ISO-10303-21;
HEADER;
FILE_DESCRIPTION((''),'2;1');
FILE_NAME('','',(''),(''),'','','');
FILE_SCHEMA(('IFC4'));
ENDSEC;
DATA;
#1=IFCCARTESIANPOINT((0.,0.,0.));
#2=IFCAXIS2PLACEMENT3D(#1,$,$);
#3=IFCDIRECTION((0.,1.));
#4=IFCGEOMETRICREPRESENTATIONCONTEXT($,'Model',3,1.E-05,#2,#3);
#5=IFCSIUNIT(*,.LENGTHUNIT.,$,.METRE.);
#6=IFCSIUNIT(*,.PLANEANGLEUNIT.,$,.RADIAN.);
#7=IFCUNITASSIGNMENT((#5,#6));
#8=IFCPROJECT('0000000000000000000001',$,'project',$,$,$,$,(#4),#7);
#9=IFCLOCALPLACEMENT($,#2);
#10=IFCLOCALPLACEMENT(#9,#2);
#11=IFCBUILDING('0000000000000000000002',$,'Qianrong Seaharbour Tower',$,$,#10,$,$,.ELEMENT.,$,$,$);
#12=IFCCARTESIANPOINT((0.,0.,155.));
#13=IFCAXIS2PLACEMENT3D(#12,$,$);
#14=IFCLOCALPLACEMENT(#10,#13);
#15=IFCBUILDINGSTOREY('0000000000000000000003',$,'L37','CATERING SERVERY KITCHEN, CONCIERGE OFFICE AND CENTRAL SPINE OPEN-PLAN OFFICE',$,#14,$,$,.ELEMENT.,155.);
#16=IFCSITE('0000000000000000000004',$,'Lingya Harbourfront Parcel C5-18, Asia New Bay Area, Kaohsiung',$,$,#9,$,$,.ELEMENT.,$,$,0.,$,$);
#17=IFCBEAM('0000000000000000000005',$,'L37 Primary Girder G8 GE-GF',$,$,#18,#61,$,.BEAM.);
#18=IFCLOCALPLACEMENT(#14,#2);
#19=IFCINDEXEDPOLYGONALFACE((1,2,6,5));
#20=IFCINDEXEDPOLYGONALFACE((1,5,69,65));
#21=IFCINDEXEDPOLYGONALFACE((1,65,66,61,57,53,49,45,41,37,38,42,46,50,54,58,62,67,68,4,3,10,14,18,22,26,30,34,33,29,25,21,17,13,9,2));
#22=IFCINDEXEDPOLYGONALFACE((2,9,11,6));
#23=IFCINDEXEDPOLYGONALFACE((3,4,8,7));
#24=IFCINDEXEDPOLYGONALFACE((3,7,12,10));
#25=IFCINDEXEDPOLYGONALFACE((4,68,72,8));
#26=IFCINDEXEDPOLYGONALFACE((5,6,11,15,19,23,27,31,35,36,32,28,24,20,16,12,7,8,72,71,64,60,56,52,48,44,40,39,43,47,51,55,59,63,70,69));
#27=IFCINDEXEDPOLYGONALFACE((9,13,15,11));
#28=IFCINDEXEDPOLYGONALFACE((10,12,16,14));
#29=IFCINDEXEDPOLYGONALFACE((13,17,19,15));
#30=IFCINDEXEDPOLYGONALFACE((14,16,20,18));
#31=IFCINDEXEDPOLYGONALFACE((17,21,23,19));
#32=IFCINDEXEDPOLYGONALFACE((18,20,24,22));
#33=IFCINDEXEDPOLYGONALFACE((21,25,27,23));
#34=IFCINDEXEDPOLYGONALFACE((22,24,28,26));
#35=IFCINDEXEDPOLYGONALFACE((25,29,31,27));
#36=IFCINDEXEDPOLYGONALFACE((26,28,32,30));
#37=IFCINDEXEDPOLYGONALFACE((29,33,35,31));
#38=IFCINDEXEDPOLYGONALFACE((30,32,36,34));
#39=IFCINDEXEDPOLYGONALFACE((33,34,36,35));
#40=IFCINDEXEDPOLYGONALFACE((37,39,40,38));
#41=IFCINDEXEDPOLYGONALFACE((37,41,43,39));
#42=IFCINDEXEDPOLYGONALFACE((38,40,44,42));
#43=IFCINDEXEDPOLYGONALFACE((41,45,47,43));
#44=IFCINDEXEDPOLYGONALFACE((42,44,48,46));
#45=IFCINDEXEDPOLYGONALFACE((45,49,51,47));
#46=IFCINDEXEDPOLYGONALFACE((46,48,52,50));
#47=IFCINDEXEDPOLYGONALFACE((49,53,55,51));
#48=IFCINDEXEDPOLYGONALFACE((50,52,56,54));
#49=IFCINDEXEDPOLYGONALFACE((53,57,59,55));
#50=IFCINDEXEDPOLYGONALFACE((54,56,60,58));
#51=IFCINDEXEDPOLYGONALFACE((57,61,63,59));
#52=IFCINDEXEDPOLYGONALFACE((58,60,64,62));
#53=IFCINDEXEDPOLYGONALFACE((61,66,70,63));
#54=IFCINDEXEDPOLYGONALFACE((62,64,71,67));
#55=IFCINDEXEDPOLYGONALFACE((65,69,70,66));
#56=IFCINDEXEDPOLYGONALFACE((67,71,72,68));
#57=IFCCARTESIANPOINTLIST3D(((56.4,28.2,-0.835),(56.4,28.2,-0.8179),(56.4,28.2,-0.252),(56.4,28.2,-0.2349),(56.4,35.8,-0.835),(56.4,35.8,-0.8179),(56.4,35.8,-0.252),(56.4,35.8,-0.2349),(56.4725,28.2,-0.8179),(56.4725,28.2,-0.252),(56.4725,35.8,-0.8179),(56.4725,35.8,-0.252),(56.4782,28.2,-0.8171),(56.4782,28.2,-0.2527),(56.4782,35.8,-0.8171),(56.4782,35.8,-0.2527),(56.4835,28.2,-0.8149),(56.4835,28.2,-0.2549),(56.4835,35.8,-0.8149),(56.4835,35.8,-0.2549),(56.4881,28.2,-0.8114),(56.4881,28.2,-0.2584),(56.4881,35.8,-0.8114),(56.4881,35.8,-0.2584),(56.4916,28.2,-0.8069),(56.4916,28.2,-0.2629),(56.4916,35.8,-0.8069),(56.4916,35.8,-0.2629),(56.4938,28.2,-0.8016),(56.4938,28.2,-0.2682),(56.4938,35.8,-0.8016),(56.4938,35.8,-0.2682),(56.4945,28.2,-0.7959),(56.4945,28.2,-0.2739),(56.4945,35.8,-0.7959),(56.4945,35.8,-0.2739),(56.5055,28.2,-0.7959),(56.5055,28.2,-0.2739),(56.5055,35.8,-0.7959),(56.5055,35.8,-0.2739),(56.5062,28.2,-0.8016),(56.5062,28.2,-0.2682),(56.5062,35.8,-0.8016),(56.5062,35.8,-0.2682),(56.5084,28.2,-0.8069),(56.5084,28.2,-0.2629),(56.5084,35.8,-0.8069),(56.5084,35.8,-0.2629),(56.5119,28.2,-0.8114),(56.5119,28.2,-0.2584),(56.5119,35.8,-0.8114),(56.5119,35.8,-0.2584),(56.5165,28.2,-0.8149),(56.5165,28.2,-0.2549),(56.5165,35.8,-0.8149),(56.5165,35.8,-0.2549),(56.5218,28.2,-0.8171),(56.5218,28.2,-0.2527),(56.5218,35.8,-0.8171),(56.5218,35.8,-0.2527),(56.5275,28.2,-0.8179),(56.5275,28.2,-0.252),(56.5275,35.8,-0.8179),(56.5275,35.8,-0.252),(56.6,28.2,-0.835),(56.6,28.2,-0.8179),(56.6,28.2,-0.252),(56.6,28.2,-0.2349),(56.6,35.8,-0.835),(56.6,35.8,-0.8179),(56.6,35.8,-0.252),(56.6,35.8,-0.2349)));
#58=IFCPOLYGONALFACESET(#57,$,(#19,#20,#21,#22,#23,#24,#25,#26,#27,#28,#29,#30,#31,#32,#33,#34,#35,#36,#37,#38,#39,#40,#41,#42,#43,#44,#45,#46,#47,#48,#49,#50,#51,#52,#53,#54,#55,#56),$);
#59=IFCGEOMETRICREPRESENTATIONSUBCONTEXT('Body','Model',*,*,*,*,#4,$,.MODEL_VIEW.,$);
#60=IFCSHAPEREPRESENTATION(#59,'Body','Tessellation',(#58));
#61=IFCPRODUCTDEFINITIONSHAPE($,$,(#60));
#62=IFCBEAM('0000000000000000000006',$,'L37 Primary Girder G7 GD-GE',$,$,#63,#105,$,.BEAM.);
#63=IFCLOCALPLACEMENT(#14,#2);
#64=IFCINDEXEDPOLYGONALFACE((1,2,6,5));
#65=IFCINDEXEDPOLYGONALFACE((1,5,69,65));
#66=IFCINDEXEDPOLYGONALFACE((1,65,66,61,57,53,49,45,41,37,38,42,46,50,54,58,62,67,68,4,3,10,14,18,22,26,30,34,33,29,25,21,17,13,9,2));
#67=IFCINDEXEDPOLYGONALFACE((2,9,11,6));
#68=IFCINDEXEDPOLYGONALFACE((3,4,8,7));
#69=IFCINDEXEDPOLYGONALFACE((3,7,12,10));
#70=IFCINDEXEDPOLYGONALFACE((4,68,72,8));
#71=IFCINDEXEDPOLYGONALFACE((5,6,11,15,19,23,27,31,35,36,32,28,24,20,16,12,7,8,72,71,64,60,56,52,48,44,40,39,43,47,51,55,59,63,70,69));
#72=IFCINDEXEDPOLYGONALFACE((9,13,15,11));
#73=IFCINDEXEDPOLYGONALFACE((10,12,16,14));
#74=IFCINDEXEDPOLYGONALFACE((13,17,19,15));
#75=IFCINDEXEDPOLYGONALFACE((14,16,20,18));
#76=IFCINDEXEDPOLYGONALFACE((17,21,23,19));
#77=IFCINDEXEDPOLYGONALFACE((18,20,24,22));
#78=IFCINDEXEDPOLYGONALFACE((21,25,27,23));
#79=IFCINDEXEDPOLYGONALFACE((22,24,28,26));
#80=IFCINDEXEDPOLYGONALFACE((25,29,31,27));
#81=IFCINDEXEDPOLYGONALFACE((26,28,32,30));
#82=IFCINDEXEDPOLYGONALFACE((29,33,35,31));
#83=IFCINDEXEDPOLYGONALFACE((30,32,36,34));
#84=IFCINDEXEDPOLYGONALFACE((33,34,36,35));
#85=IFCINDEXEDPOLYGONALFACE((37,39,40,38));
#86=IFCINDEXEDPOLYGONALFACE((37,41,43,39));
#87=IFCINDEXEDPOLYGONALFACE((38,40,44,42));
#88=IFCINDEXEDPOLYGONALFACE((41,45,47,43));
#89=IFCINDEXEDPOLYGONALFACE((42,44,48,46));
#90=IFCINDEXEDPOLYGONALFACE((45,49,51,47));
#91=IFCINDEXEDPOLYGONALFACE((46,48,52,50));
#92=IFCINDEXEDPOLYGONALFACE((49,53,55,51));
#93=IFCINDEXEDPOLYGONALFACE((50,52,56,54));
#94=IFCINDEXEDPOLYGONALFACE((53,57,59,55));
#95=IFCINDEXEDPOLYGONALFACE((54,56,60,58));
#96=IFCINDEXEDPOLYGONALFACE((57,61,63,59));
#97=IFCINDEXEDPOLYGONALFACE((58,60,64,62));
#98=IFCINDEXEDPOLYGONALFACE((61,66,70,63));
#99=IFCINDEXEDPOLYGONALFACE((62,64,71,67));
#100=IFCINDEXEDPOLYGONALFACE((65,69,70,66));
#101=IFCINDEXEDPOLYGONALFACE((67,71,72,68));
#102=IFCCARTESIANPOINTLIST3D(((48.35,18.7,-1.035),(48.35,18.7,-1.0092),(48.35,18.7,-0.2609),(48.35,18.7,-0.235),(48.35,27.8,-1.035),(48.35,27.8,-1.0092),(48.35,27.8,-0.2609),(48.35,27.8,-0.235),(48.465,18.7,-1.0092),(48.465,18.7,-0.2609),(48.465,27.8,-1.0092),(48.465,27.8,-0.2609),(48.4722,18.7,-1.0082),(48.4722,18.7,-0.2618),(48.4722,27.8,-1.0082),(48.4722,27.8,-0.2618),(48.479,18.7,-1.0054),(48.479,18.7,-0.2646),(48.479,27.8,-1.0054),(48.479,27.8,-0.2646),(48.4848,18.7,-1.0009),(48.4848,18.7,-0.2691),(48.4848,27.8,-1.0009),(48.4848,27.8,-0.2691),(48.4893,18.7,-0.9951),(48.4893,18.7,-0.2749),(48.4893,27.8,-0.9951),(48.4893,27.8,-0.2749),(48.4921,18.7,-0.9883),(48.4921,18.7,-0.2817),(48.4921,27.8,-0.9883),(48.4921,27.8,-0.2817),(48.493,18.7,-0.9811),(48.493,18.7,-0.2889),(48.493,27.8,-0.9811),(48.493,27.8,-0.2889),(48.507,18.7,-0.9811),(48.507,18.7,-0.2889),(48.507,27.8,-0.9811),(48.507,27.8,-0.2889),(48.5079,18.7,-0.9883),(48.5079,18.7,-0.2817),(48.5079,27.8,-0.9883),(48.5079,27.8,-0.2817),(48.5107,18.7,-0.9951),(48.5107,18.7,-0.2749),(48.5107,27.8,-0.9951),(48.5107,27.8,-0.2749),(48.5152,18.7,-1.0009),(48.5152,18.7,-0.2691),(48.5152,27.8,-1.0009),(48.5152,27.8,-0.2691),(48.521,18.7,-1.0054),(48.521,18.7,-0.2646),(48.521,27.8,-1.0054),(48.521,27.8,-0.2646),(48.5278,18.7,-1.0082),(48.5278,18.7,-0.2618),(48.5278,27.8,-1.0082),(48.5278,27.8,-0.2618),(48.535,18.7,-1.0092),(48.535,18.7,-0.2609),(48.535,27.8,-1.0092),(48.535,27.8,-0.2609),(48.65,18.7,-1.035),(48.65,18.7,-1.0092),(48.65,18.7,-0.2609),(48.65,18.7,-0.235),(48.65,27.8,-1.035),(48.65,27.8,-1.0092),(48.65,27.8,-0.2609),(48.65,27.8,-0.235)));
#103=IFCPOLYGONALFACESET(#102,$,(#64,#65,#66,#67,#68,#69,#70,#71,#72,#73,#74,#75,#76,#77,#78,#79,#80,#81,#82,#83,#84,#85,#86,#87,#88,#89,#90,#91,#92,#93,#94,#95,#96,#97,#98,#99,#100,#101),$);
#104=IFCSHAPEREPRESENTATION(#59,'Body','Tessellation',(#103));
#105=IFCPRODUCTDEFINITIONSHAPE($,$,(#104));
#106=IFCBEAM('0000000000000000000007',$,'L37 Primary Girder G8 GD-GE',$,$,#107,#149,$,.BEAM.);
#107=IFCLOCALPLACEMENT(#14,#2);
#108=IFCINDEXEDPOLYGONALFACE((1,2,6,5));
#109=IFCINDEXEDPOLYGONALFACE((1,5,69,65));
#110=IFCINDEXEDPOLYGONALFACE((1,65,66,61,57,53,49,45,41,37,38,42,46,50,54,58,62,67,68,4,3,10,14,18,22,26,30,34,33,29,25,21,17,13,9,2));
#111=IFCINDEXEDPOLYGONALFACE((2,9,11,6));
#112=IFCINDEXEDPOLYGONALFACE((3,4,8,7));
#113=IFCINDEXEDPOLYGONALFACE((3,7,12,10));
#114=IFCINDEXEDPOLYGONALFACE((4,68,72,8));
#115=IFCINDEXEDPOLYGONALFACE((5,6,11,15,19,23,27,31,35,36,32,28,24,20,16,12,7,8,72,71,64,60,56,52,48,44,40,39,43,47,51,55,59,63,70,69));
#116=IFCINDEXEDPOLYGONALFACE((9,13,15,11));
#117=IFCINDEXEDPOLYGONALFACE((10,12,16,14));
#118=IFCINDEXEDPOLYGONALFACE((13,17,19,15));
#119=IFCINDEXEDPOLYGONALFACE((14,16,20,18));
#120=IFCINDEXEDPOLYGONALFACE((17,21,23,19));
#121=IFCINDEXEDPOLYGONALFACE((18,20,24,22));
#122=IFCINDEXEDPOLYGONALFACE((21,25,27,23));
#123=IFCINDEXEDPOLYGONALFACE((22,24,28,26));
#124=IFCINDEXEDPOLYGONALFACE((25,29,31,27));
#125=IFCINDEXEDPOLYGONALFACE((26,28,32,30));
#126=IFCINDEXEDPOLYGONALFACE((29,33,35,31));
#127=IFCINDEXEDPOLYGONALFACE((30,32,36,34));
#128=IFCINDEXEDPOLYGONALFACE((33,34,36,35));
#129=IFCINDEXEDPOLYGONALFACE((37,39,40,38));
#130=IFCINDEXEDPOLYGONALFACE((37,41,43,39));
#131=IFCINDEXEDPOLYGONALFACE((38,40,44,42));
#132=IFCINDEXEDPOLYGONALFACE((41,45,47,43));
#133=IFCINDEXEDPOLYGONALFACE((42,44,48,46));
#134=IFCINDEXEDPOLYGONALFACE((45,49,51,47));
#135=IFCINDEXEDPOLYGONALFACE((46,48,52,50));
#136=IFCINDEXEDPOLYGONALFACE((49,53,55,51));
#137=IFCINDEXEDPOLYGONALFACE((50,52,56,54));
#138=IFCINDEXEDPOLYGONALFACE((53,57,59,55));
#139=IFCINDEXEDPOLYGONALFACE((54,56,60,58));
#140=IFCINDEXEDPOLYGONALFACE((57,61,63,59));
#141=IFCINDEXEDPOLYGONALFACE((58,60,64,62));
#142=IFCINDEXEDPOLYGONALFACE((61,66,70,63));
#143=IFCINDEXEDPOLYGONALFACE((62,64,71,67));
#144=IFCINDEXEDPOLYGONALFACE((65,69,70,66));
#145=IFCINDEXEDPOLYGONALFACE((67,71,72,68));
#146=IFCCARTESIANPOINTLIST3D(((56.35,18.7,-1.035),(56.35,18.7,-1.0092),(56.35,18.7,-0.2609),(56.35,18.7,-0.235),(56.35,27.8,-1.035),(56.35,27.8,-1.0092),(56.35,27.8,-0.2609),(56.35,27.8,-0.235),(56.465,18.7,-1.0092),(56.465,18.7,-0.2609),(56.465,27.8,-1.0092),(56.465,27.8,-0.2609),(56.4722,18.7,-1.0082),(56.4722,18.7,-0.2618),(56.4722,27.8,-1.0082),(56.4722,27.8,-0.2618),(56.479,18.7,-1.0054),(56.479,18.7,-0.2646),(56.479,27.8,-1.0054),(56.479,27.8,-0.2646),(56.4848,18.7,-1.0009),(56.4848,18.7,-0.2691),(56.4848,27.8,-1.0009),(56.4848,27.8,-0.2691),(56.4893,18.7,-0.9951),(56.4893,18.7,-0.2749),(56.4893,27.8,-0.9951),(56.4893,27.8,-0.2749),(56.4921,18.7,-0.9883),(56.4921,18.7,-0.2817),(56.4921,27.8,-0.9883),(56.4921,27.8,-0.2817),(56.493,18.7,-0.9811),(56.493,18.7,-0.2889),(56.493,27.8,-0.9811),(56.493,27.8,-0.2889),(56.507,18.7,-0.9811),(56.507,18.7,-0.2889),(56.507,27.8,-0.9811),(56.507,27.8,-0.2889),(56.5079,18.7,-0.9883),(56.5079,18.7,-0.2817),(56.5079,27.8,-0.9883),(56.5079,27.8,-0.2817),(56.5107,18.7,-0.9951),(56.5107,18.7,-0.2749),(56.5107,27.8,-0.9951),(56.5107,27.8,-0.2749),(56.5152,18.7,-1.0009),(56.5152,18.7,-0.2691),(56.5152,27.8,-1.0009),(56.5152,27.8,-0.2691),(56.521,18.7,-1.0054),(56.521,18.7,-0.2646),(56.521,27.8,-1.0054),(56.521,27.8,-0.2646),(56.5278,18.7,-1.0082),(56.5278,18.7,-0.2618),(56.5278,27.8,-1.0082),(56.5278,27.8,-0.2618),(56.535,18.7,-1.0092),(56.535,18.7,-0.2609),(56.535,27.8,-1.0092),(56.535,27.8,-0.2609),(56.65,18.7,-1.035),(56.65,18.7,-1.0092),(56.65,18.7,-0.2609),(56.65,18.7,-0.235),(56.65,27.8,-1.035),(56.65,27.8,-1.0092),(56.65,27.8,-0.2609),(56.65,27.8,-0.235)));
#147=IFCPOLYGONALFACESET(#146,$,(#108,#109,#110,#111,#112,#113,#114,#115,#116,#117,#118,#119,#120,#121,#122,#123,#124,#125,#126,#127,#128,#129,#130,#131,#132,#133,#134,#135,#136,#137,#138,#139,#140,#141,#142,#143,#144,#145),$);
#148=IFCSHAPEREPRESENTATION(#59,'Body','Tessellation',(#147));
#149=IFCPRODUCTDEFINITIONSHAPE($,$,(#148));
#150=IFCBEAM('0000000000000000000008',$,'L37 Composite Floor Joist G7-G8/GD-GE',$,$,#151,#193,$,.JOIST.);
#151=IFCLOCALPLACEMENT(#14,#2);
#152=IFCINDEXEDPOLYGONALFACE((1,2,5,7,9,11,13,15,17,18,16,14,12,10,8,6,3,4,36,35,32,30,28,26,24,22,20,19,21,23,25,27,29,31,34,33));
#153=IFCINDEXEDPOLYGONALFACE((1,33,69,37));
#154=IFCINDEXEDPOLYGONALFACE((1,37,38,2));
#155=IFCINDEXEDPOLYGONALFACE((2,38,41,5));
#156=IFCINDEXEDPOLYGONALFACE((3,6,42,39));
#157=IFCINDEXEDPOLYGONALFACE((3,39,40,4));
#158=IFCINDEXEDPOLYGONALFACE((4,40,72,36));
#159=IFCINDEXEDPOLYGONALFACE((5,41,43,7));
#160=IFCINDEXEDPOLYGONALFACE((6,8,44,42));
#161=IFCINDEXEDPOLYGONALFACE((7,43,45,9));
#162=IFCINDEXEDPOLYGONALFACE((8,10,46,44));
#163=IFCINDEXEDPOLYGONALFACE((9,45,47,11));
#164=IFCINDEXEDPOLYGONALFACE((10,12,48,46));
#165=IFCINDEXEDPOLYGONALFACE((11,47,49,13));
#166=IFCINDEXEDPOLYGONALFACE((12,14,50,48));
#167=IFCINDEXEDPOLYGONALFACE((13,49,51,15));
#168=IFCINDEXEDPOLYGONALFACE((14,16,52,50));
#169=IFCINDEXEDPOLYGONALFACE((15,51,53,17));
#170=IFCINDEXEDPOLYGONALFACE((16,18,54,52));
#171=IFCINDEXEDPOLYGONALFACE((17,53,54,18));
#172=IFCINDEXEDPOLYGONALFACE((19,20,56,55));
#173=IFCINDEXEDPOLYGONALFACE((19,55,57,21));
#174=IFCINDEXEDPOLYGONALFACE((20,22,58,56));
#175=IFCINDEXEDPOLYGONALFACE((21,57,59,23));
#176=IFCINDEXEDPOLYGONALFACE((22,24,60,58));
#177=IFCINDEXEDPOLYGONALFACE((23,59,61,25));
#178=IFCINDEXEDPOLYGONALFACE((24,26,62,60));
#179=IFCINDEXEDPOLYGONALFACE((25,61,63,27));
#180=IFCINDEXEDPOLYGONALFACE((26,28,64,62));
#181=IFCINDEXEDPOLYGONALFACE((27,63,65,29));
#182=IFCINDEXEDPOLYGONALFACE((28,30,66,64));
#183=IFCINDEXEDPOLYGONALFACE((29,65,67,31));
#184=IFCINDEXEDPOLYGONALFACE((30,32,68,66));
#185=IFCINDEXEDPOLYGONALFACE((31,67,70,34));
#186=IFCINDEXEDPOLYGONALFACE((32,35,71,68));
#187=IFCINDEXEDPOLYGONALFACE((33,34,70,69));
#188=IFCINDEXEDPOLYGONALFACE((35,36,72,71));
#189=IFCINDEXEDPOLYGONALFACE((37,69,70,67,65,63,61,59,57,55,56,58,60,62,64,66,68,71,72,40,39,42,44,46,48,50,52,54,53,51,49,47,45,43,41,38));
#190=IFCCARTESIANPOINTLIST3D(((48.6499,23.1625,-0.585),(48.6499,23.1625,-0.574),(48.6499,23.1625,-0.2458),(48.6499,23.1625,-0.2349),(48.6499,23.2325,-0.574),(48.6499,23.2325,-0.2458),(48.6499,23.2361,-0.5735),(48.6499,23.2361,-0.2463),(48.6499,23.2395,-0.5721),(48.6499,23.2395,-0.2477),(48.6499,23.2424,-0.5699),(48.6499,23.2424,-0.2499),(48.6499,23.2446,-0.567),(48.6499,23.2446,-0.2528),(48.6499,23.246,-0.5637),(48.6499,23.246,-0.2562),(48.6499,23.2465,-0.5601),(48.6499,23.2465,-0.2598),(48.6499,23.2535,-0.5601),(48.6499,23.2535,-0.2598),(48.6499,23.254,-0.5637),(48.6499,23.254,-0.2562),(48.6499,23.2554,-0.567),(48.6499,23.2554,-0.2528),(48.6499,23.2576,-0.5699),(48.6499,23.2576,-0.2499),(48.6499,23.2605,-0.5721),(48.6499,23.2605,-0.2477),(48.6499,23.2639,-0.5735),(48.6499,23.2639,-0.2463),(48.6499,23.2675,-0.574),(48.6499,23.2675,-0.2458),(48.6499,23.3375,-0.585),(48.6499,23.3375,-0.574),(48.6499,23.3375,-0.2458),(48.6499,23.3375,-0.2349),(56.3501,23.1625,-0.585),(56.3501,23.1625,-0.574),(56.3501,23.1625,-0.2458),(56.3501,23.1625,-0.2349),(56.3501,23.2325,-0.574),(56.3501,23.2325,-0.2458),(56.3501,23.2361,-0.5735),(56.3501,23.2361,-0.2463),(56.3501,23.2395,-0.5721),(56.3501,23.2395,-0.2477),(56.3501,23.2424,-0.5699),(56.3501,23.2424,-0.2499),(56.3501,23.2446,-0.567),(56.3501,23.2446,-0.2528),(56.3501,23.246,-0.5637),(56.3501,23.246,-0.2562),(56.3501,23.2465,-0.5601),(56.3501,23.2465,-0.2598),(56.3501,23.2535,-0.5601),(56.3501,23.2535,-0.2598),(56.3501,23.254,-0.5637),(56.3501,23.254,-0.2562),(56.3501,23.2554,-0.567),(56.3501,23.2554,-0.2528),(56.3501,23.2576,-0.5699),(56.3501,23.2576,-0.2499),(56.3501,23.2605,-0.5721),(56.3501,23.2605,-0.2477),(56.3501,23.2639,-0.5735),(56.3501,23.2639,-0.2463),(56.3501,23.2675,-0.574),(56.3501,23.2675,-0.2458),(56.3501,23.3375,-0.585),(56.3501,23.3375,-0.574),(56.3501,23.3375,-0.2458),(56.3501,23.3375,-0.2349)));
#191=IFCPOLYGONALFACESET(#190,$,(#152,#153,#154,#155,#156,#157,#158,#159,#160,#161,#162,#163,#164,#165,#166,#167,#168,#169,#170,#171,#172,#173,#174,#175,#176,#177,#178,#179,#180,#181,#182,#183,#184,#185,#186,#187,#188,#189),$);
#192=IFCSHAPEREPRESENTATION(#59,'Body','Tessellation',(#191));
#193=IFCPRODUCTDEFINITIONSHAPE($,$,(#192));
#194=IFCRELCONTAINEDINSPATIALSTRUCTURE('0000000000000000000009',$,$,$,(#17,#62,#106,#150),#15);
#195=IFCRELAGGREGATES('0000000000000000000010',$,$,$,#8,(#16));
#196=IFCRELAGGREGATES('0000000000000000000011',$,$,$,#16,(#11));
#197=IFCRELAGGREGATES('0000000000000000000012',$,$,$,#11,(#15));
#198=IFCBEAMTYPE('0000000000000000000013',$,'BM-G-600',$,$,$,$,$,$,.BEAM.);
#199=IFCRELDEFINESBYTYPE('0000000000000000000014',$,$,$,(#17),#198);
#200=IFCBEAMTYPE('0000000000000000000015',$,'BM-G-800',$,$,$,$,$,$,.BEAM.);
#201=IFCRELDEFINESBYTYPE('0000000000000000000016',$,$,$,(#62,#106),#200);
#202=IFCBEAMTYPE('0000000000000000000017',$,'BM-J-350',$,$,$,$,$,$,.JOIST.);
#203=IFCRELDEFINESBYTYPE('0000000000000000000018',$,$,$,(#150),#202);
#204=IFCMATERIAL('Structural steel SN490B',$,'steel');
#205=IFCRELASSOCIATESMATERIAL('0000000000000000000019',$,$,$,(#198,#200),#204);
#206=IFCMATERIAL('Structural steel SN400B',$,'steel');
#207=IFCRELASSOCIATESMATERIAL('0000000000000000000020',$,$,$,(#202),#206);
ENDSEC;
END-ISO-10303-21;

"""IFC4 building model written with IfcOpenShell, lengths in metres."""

from ifc_helpers import new_model, si_unit, direction, frame, origin, origin_2d, place, context, subcontext, project, spatial, i_section, extrude, material, material_profile, profile_set, type_object, element, save


model = new_model("IFC4")

# Units and contexts
model_context = context("Model", 3, precision=1e-05, world=origin(), true_north=direction((0.0, 1.0)))
body_context = subcontext(model_context, "Body", "Model", "MODEL_VIEW")
ifc_project = project(units=[si_unit("LENGTHUNIT", "METRE"), si_unit("PLANEANGLEUNIT", "RADIAN")], contexts=[model_context])

# Site, building, storey
site_placement = place(None, origin())
site = spatial("IfcSite", under=ifc_project, at=site_placement, Name="Lingya Harbourfront Parcel C5-18, Asia New Bay Area, Kaohsiung", CompositionType="ELEMENT", RefElevation=0.0)
building_placement = place(site_placement, origin())
building = spatial("IfcBuilding", under=site, at=building_placement, Name="Qianrong Seaharbour Tower", CompositionType="ELEMENT")
storey_placement = place(building_placement, frame((0.0, 0.0, 155.0)))
storey = spatial("IfcBuildingStorey", under=building, at=storey_placement, Name="L37", Description="CATERING SERVERY KITCHEN, CONCIERGE OFFICE AND CENTRAL SPINE OPEN-PLAN OFFICE", CompositionType="ELEMENT", Elevation=155.0)

# Shared definitions
ifc_material_1 = material(Name="Structural steel SN490B", Category="steel")

# Beams
ifc_material_profile_1 = material_profile(ifc_material_1, i_section(OverallWidth=0.2, OverallDepth=0.6001, WebThickness=0.011, FlangeThickness=0.0171, FilletRadius=0.022, at=origin_2d()), Name="H600x200x11x17")
ifc_profile_set_1 = profile_set([ifc_material_profile_1], Name="Structural steel SN490B")
beam_type_1 = type_object("IfcBeamType", Name="BM-G-600", PredefinedType="BEAM", material=ifc_profile_set_1)
for number, where, z_axis, x_axis, name in (
    (1, (56.5, 28.2, -0.5349), (0.0, 1.0, 0.0), (-1.0, 0.0, 0.0), "L37 Primary Girder G8 GE-GF"),
):
    element("IfcBeam", number, at=place(storey_placement, frame(where, z_axis=z_axis, x_axis=x_axis)), inside=storey, type_object=beam_type_1, Name=name, PredefinedType="BEAM", context=body_context, shape_type="SweptSolid", body=[
        extrude(i_section(OverallWidth=0.2, OverallDepth=0.6001, WebThickness=0.011, FlangeThickness=0.0171, FilletRadius=0.022, at=origin_2d()), origin(), (0.0, 0.0, 1.0), 7.6001),
    ])
ifc_material_profile_2 = material_profile(ifc_material_1, i_section(OverallWidth=0.3, OverallDepth=0.8, WebThickness=0.0139, FlangeThickness=0.0259, FilletRadius=0.0281, at=origin_2d()), Name="H800x300x14x26")
ifc_profile_set_2 = profile_set([ifc_material_profile_2], Name="Structural steel SN490B")
beam_type_2 = type_object("IfcBeamType", Name="BM-G-800", PredefinedType="BEAM", material=ifc_profile_set_2)
for number, where, z_axis, x_axis, name in (
    (2, (48.5, 18.7, -0.635), (0.0, 1.0, 0.0), (-1.0, 0.0, 0.0), "L37 Primary Girder G7 GD-GE"),
    (3, (56.5, 18.7, -0.635), (0.0, 1.0, 0.0), (-1.0, 0.0, 0.0), "L37 Primary Girder G8 GD-GE"),
):
    element("IfcBeam", number, at=place(storey_placement, frame(where, z_axis=z_axis, x_axis=x_axis)), inside=storey, type_object=beam_type_2, Name=name, PredefinedType="BEAM", context=body_context, shape_type="SweptSolid", body=[
        extrude(i_section(OverallWidth=0.3, OverallDepth=0.8, WebThickness=0.0139, FlangeThickness=0.0259, FilletRadius=0.0281, at=origin_2d()), origin(), (0.0, 0.0, 1.0), 9.1001),
    ])
ifc_material_2 = material(Name="Structural steel SN400B", Category="steel")
ifc_material_profile_3 = material_profile(ifc_material_2, i_section(OverallWidth=0.175, OverallDepth=0.3501, WebThickness=0.0071, FlangeThickness=0.011, FilletRadius=0.0139, at=origin_2d()), Name="H350x175x7x11")
ifc_profile_set_3 = profile_set([ifc_material_profile_3], Name="Structural steel SN400B")
beam_type_3 = type_object("IfcBeamType", Name="BM-J-350", PredefinedType="JOIST", material=ifc_profile_set_3)
beam_1_placement = place(storey_placement, frame((48.6499, 23.25, -0.4099), z_axis=(1.0, 0.0, 0.0), x_axis=(0.0, 1.0, 0.0)))
element("IfcBeam", 4, at=beam_1_placement, inside=storey, type_object=beam_type_3, Name="L37 Composite Floor Joist G7-G8/GD-GE", PredefinedType="JOIST", context=body_context, shape_type="SweptSolid", body=[
    extrude(i_section(OverallWidth=0.175, OverallDepth=0.3501, WebThickness=0.0071, FlangeThickness=0.011, FilletRadius=0.0139, at=origin_2d()), origin(), (0.0, 0.0, 1.0), 7.7002),
])

save(model, "model.ifc")
